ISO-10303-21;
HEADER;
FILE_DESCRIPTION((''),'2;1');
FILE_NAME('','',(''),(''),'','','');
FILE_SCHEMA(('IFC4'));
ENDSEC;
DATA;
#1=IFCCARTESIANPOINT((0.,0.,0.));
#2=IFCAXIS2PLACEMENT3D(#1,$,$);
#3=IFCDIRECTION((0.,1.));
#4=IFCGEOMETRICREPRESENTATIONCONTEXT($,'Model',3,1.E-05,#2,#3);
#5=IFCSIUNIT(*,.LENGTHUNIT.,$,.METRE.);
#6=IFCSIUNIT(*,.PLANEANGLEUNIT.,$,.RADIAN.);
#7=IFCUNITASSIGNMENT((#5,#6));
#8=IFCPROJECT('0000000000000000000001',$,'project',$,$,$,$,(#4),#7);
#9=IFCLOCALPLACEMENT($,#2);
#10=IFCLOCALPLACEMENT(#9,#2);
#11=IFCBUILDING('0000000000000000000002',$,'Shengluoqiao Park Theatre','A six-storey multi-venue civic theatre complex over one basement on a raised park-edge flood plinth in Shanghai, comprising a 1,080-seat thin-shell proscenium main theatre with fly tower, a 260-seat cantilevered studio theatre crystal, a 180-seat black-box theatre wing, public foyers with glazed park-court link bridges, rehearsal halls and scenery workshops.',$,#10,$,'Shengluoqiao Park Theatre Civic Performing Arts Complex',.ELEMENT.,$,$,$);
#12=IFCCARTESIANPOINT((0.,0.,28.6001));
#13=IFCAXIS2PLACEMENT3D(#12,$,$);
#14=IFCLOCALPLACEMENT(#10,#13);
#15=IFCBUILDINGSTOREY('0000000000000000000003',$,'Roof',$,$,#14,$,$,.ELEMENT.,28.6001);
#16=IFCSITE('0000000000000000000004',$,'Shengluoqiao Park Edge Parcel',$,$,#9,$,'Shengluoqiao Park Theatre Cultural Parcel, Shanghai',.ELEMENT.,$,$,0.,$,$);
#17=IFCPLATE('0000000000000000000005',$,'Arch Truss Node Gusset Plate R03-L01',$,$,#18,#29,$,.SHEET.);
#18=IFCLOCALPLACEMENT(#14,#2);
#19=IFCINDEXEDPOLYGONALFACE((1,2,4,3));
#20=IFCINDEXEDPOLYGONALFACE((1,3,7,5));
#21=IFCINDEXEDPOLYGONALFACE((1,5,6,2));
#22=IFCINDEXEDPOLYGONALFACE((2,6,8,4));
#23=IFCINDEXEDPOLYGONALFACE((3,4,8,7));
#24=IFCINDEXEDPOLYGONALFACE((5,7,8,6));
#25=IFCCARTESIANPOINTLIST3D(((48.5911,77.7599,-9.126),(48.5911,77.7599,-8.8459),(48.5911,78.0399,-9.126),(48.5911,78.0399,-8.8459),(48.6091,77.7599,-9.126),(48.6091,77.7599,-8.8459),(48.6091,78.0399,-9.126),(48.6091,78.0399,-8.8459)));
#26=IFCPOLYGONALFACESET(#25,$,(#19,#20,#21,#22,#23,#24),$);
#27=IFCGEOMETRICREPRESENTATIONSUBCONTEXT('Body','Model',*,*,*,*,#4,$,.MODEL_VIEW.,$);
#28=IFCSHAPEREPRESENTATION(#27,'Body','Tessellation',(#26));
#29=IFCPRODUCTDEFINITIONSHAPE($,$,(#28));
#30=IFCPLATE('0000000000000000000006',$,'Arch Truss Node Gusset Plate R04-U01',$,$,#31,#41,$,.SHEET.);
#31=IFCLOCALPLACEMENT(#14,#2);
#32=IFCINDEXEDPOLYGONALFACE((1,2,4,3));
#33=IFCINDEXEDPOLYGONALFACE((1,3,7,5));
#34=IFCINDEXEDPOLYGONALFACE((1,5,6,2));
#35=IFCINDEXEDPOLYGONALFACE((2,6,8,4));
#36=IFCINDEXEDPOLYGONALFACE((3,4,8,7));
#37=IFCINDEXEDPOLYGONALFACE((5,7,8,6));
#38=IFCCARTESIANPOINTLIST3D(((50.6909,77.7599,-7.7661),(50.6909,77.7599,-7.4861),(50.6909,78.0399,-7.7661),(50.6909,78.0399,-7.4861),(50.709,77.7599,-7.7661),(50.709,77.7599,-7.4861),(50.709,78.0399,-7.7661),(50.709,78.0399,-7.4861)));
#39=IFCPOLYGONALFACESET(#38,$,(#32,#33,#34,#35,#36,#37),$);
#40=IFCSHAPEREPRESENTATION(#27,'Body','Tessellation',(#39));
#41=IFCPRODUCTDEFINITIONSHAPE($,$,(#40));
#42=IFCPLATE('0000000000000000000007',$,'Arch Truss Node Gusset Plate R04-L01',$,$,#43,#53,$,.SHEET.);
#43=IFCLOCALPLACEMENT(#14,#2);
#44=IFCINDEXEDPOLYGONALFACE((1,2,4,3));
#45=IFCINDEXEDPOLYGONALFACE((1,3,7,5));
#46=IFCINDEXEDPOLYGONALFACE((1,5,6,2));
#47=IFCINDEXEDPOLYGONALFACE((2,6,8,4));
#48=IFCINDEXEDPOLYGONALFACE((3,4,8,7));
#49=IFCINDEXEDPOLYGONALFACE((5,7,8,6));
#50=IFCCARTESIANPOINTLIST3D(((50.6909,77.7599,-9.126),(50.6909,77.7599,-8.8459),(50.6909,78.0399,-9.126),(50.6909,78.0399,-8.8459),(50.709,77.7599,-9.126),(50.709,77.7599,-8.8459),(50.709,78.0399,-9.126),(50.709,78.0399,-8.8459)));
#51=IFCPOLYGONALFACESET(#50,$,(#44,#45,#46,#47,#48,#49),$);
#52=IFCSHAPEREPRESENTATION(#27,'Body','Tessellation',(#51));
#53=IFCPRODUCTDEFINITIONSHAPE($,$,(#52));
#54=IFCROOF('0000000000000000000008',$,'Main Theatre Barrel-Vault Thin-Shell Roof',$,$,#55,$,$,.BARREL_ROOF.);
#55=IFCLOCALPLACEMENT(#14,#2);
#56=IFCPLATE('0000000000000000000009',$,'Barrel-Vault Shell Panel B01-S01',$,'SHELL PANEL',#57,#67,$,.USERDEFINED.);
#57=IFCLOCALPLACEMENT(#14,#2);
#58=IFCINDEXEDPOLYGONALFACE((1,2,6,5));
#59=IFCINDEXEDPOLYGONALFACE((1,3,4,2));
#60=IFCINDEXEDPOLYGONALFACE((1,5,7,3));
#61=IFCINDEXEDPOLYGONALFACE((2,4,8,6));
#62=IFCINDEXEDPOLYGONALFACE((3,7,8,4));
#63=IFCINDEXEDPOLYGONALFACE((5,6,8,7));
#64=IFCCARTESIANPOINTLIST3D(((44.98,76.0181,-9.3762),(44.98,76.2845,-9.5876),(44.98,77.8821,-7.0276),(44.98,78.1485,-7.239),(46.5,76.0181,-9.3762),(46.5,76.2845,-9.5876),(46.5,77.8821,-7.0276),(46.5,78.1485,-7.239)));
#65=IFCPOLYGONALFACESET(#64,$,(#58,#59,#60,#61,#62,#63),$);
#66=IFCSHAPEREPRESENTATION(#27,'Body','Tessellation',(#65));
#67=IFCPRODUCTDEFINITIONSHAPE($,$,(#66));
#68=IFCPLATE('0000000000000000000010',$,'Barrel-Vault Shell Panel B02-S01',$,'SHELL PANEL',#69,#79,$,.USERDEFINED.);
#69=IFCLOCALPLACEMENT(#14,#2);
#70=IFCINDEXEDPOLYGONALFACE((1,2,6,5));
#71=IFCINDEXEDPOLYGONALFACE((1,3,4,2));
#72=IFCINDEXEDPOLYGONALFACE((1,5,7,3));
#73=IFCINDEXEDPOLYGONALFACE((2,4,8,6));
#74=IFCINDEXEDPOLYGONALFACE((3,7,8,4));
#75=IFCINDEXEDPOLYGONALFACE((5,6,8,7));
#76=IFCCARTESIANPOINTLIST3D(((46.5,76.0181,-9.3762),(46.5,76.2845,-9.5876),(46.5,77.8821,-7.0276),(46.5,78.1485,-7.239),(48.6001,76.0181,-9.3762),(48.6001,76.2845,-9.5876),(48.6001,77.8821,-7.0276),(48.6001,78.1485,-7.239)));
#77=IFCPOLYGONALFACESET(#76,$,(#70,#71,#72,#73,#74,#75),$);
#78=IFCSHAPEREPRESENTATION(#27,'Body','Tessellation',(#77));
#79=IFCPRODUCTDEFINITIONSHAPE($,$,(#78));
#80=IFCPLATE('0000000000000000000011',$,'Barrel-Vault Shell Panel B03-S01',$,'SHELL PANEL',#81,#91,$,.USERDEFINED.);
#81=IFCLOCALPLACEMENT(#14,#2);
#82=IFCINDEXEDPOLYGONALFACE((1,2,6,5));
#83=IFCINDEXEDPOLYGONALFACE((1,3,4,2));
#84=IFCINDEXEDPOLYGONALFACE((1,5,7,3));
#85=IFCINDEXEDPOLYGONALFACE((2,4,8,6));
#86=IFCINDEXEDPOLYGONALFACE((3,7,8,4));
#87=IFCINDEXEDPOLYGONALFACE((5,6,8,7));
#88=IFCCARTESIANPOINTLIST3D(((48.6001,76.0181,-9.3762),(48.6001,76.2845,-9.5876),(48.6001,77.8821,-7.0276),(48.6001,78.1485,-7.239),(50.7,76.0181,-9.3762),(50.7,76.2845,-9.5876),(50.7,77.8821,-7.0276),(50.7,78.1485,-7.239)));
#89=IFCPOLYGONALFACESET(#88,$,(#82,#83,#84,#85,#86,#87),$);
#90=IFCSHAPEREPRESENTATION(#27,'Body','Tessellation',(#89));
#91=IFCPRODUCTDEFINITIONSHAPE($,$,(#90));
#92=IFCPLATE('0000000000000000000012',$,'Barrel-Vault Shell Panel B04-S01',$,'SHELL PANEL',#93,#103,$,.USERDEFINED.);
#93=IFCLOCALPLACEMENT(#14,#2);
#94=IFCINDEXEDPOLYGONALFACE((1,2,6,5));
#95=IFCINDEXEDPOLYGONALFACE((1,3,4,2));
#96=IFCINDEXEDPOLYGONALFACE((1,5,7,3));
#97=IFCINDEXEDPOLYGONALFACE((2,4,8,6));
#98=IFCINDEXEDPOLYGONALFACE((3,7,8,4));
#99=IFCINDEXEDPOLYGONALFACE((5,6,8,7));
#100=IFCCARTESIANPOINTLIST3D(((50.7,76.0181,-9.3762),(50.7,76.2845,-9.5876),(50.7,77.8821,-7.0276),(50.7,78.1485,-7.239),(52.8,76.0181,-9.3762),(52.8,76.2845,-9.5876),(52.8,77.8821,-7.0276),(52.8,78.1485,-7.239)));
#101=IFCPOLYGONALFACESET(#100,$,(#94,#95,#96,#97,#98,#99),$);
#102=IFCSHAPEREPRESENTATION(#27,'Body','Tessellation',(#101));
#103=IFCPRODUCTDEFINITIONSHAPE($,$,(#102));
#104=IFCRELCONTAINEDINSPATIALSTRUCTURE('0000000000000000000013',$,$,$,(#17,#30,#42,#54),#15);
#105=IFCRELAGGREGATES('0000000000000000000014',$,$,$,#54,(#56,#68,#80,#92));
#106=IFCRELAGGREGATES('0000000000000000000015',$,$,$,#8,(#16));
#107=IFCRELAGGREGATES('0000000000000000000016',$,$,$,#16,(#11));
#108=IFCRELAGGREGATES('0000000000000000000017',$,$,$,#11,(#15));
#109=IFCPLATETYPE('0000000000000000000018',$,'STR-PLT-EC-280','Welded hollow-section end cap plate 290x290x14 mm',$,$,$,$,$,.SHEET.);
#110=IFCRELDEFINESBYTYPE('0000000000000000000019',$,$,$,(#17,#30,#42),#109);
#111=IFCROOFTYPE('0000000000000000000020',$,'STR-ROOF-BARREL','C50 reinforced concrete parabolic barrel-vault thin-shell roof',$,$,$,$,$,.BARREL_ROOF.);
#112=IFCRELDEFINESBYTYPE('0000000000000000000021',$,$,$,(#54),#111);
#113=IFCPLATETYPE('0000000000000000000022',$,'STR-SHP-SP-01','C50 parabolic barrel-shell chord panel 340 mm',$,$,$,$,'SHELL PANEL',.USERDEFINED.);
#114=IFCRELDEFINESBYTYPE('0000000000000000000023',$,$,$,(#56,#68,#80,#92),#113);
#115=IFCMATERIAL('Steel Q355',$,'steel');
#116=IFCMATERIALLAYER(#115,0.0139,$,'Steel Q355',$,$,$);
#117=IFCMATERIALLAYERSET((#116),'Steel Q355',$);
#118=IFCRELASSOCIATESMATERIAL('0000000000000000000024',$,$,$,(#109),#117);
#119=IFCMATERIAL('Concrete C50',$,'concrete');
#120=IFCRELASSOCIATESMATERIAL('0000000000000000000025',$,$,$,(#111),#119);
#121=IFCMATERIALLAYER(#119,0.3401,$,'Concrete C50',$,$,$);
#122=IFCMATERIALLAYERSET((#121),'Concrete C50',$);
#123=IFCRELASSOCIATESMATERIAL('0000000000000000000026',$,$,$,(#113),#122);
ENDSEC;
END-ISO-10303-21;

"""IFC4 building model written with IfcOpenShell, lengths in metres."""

from ifc_helpers import new_model, si_unit, direction, frame, origin, origin_2d, place, context, subcontext, project, spatial, polyline, rectangle, outline, extrude, material, layer, layer_set, type_object, element, aggregate, save


model = new_model("IFC4")

# Units and contexts
model_context = context("Model", 3, precision=1e-05, world=origin(), true_north=direction((0.0, 1.0)))
body_context = subcontext(model_context, "Body", "Model", "MODEL_VIEW")
ifc_project = project(units=[si_unit("LENGTHUNIT", "METRE"), si_unit("PLANEANGLEUNIT", "RADIAN")], contexts=[model_context])

# Site, building, storey
site_placement = place(None, origin())
site = spatial("IfcSite", under=ifc_project, at=site_placement, Name="Shengluoqiao Park Edge Parcel", LongName="Shengluoqiao Park Theatre Cultural Parcel, Shanghai", CompositionType="ELEMENT", RefElevation=0.0)
building_placement = place(site_placement, origin())
building = spatial("IfcBuilding", under=site, at=building_placement, Name="Shengluoqiao Park Theatre", Description="A six-storey multi-venue civic theatre complex over one basement on a raised park-edge flood plinth in Shanghai, comprising a 1,080-seat thin-shell proscenium main theatre with fly tower, a 260-seat cantilevered studio theatre crystal, a 180-seat black-box theatre wing, public foyers with glazed park-court link bridges, rehearsal halls and scenery workshops.", LongName="Shengluoqiao Park Theatre Civic Performing Arts Complex", CompositionType="ELEMENT")
storey_placement = place(building_placement, frame((0.0, 0.0, 28.6001)))
storey = spatial("IfcBuildingStorey", under=building, at=storey_placement, Name="Roof", CompositionType="ELEMENT", Elevation=28.6001)

# Shared definitions
ifc_material_1 = material(Name="Concrete C50", Category="concrete")
ifc_material_2 = material(Name="Steel Q355", Category="steel")

# Plates
ifc_layer_1 = layer(ifc_material_2, 0.0139, Name="Steel Q355")
ifc_layer_set_1 = layer_set([ifc_layer_1], Name="Steel Q355")
plate_type_1 = type_object("IfcPlateType", Name="STR-PLT-EC-280", Description="Welded hollow-section end cap plate 290x290x14 mm", PredefinedType="SHEET", material=ifc_layer_set_1)
for number, where, z_axis, x_axis, name in (
    (1, (48.6001, 77.8999, -9.126), (0.0, 0.0, 1.0), (1.0, 0.0, 0.0), "Arch Truss Node Gusset Plate R03-L01"),
    (2, (50.7, 77.8999, -7.7661), (0.0, 0.0, 1.0), (1.0, 0.0, 0.0), "Arch Truss Node Gusset Plate R04-U01"),
    (3, (50.7, 77.8999, -9.126), (0.0, 0.0, 1.0), (1.0, 0.0, 0.0), "Arch Truss Node Gusset Plate R04-L01"),
):
    element("IfcPlate", number, at=place(storey_placement, frame(where, z_axis=z_axis, x_axis=x_axis)), inside=storey, type_object=plate_type_1, Name=name, PredefinedType="SHEET", context=body_context, shape_type="SweptSolid", body=[
        extrude(rectangle(XDim=0.0181, YDim=0.28, at=origin_2d()), origin(), (0.0, 0.0, 1.0), 0.28),
    ])

# Roof, plates
roof_type = type_object("IfcRoofType", Name="STR-ROOF-BARREL", Description="C50 reinforced concrete parabolic barrel-vault thin-shell roof", PredefinedType="BARREL_ROOF", material=ifc_material_1)
roof_placement = place(storey_placement, origin())
roof = element("IfcRoof", 4, at=roof_placement, inside=storey, type_object=roof_type, Name="Main Theatre Barrel-Vault Thin-Shell Roof", PredefinedType="BARREL_ROOF")
ifc_layer_2 = layer(ifc_material_1, 0.3401, Name="Concrete C50")
ifc_layer_set_2 = layer_set([ifc_layer_2], Name="Concrete C50")
plate_type_2 = type_object("IfcPlateType", Name="STR-SHP-SP-01", Description="C50 parabolic barrel-shell chord panel 340 mm", ElementType="SHELL PANEL", PredefinedType="USERDEFINED", material=ifc_layer_set_2)
plate_1_placement = place(storey_placement, frame((44.98, 76.0181, -9.3762), z_axis=(0.0, -0.783286, 0.621662), x_axis=(1.0, 0.0, 0.0)))
plate_1 = element("IfcPlate", 5, at=plate_1_placement, type_object=plate_type_2, Name="Barrel-Vault Shell Panel B01-S01", ObjectType="SHELL PANEL", PredefinedType="USERDEFINED", context=body_context, shape_type="SweptSolid", body=[
    extrude(outline(polyline([(0.0, 0.0), (1.52, 0.0), (1.52, 2.9984), (0.0, 2.9984), (0.0, 0.0)])), origin(), (0.0, 0.0, -1.0), 0.3401),
])
plate_2_placement = place(storey_placement, frame((46.5, 76.0181, -9.3762), z_axis=(0.0, -0.783286, 0.621662), x_axis=(1.0, 0.0, 0.0)))
plate_2 = element("IfcPlate", 6, at=plate_2_placement, type_object=plate_type_2, Name="Barrel-Vault Shell Panel B02-S01", ObjectType="SHELL PANEL", PredefinedType="USERDEFINED", context=body_context, shape_type="SweptSolid", body=[
    extrude(outline(polyline([(0.0, 0.0), (2.1001, 0.0), (2.1001, 2.9984), (0.0, 2.9984), (0.0, 0.0)])), origin(), (0.0, 0.0, -1.0), 0.3401),
])
plate_3_placement = place(storey_placement, frame((48.6001, 76.0181, -9.3762), z_axis=(0.0, -0.783286, 0.621662), x_axis=(1.0, 0.0, 0.0)))
plate_3 = element("IfcPlate", 7, at=plate_3_placement, type_object=plate_type_2, Name="Barrel-Vault Shell Panel B03-S01", ObjectType="SHELL PANEL", PredefinedType="USERDEFINED", context=body_context, shape_type="SweptSolid", body=[
    extrude(outline(polyline([(0.0, 0.0), (2.0999, 0.0), (2.0999, 2.9984), (0.0, 2.9984), (0.0, 0.0)])), origin(), (0.0, 0.0, -1.0), 0.3401),
])
plate_4_placement = place(storey_placement, frame((50.7, 76.0181, -9.3762), z_axis=(0.0, -0.783286, 0.621662), x_axis=(1.0, 0.0, 0.0)))
plate_4 = element("IfcPlate", 8, at=plate_4_placement, type_object=plate_type_2, Name="Barrel-Vault Shell Panel B04-S01", ObjectType="SHELL PANEL", PredefinedType="USERDEFINED", context=body_context, shape_type="SweptSolid", body=[
    extrude(outline(polyline([(0.0, 0.0), (2.1001, 0.0), (2.1001, 2.9984), (0.0, 2.9984), (0.0, 0.0)])), origin(), (0.0, 0.0, -1.0), 0.3401),
])
aggregate(roof, [plate_1, plate_2, plate_3, plate_4])

save(model, "model.ifc")
